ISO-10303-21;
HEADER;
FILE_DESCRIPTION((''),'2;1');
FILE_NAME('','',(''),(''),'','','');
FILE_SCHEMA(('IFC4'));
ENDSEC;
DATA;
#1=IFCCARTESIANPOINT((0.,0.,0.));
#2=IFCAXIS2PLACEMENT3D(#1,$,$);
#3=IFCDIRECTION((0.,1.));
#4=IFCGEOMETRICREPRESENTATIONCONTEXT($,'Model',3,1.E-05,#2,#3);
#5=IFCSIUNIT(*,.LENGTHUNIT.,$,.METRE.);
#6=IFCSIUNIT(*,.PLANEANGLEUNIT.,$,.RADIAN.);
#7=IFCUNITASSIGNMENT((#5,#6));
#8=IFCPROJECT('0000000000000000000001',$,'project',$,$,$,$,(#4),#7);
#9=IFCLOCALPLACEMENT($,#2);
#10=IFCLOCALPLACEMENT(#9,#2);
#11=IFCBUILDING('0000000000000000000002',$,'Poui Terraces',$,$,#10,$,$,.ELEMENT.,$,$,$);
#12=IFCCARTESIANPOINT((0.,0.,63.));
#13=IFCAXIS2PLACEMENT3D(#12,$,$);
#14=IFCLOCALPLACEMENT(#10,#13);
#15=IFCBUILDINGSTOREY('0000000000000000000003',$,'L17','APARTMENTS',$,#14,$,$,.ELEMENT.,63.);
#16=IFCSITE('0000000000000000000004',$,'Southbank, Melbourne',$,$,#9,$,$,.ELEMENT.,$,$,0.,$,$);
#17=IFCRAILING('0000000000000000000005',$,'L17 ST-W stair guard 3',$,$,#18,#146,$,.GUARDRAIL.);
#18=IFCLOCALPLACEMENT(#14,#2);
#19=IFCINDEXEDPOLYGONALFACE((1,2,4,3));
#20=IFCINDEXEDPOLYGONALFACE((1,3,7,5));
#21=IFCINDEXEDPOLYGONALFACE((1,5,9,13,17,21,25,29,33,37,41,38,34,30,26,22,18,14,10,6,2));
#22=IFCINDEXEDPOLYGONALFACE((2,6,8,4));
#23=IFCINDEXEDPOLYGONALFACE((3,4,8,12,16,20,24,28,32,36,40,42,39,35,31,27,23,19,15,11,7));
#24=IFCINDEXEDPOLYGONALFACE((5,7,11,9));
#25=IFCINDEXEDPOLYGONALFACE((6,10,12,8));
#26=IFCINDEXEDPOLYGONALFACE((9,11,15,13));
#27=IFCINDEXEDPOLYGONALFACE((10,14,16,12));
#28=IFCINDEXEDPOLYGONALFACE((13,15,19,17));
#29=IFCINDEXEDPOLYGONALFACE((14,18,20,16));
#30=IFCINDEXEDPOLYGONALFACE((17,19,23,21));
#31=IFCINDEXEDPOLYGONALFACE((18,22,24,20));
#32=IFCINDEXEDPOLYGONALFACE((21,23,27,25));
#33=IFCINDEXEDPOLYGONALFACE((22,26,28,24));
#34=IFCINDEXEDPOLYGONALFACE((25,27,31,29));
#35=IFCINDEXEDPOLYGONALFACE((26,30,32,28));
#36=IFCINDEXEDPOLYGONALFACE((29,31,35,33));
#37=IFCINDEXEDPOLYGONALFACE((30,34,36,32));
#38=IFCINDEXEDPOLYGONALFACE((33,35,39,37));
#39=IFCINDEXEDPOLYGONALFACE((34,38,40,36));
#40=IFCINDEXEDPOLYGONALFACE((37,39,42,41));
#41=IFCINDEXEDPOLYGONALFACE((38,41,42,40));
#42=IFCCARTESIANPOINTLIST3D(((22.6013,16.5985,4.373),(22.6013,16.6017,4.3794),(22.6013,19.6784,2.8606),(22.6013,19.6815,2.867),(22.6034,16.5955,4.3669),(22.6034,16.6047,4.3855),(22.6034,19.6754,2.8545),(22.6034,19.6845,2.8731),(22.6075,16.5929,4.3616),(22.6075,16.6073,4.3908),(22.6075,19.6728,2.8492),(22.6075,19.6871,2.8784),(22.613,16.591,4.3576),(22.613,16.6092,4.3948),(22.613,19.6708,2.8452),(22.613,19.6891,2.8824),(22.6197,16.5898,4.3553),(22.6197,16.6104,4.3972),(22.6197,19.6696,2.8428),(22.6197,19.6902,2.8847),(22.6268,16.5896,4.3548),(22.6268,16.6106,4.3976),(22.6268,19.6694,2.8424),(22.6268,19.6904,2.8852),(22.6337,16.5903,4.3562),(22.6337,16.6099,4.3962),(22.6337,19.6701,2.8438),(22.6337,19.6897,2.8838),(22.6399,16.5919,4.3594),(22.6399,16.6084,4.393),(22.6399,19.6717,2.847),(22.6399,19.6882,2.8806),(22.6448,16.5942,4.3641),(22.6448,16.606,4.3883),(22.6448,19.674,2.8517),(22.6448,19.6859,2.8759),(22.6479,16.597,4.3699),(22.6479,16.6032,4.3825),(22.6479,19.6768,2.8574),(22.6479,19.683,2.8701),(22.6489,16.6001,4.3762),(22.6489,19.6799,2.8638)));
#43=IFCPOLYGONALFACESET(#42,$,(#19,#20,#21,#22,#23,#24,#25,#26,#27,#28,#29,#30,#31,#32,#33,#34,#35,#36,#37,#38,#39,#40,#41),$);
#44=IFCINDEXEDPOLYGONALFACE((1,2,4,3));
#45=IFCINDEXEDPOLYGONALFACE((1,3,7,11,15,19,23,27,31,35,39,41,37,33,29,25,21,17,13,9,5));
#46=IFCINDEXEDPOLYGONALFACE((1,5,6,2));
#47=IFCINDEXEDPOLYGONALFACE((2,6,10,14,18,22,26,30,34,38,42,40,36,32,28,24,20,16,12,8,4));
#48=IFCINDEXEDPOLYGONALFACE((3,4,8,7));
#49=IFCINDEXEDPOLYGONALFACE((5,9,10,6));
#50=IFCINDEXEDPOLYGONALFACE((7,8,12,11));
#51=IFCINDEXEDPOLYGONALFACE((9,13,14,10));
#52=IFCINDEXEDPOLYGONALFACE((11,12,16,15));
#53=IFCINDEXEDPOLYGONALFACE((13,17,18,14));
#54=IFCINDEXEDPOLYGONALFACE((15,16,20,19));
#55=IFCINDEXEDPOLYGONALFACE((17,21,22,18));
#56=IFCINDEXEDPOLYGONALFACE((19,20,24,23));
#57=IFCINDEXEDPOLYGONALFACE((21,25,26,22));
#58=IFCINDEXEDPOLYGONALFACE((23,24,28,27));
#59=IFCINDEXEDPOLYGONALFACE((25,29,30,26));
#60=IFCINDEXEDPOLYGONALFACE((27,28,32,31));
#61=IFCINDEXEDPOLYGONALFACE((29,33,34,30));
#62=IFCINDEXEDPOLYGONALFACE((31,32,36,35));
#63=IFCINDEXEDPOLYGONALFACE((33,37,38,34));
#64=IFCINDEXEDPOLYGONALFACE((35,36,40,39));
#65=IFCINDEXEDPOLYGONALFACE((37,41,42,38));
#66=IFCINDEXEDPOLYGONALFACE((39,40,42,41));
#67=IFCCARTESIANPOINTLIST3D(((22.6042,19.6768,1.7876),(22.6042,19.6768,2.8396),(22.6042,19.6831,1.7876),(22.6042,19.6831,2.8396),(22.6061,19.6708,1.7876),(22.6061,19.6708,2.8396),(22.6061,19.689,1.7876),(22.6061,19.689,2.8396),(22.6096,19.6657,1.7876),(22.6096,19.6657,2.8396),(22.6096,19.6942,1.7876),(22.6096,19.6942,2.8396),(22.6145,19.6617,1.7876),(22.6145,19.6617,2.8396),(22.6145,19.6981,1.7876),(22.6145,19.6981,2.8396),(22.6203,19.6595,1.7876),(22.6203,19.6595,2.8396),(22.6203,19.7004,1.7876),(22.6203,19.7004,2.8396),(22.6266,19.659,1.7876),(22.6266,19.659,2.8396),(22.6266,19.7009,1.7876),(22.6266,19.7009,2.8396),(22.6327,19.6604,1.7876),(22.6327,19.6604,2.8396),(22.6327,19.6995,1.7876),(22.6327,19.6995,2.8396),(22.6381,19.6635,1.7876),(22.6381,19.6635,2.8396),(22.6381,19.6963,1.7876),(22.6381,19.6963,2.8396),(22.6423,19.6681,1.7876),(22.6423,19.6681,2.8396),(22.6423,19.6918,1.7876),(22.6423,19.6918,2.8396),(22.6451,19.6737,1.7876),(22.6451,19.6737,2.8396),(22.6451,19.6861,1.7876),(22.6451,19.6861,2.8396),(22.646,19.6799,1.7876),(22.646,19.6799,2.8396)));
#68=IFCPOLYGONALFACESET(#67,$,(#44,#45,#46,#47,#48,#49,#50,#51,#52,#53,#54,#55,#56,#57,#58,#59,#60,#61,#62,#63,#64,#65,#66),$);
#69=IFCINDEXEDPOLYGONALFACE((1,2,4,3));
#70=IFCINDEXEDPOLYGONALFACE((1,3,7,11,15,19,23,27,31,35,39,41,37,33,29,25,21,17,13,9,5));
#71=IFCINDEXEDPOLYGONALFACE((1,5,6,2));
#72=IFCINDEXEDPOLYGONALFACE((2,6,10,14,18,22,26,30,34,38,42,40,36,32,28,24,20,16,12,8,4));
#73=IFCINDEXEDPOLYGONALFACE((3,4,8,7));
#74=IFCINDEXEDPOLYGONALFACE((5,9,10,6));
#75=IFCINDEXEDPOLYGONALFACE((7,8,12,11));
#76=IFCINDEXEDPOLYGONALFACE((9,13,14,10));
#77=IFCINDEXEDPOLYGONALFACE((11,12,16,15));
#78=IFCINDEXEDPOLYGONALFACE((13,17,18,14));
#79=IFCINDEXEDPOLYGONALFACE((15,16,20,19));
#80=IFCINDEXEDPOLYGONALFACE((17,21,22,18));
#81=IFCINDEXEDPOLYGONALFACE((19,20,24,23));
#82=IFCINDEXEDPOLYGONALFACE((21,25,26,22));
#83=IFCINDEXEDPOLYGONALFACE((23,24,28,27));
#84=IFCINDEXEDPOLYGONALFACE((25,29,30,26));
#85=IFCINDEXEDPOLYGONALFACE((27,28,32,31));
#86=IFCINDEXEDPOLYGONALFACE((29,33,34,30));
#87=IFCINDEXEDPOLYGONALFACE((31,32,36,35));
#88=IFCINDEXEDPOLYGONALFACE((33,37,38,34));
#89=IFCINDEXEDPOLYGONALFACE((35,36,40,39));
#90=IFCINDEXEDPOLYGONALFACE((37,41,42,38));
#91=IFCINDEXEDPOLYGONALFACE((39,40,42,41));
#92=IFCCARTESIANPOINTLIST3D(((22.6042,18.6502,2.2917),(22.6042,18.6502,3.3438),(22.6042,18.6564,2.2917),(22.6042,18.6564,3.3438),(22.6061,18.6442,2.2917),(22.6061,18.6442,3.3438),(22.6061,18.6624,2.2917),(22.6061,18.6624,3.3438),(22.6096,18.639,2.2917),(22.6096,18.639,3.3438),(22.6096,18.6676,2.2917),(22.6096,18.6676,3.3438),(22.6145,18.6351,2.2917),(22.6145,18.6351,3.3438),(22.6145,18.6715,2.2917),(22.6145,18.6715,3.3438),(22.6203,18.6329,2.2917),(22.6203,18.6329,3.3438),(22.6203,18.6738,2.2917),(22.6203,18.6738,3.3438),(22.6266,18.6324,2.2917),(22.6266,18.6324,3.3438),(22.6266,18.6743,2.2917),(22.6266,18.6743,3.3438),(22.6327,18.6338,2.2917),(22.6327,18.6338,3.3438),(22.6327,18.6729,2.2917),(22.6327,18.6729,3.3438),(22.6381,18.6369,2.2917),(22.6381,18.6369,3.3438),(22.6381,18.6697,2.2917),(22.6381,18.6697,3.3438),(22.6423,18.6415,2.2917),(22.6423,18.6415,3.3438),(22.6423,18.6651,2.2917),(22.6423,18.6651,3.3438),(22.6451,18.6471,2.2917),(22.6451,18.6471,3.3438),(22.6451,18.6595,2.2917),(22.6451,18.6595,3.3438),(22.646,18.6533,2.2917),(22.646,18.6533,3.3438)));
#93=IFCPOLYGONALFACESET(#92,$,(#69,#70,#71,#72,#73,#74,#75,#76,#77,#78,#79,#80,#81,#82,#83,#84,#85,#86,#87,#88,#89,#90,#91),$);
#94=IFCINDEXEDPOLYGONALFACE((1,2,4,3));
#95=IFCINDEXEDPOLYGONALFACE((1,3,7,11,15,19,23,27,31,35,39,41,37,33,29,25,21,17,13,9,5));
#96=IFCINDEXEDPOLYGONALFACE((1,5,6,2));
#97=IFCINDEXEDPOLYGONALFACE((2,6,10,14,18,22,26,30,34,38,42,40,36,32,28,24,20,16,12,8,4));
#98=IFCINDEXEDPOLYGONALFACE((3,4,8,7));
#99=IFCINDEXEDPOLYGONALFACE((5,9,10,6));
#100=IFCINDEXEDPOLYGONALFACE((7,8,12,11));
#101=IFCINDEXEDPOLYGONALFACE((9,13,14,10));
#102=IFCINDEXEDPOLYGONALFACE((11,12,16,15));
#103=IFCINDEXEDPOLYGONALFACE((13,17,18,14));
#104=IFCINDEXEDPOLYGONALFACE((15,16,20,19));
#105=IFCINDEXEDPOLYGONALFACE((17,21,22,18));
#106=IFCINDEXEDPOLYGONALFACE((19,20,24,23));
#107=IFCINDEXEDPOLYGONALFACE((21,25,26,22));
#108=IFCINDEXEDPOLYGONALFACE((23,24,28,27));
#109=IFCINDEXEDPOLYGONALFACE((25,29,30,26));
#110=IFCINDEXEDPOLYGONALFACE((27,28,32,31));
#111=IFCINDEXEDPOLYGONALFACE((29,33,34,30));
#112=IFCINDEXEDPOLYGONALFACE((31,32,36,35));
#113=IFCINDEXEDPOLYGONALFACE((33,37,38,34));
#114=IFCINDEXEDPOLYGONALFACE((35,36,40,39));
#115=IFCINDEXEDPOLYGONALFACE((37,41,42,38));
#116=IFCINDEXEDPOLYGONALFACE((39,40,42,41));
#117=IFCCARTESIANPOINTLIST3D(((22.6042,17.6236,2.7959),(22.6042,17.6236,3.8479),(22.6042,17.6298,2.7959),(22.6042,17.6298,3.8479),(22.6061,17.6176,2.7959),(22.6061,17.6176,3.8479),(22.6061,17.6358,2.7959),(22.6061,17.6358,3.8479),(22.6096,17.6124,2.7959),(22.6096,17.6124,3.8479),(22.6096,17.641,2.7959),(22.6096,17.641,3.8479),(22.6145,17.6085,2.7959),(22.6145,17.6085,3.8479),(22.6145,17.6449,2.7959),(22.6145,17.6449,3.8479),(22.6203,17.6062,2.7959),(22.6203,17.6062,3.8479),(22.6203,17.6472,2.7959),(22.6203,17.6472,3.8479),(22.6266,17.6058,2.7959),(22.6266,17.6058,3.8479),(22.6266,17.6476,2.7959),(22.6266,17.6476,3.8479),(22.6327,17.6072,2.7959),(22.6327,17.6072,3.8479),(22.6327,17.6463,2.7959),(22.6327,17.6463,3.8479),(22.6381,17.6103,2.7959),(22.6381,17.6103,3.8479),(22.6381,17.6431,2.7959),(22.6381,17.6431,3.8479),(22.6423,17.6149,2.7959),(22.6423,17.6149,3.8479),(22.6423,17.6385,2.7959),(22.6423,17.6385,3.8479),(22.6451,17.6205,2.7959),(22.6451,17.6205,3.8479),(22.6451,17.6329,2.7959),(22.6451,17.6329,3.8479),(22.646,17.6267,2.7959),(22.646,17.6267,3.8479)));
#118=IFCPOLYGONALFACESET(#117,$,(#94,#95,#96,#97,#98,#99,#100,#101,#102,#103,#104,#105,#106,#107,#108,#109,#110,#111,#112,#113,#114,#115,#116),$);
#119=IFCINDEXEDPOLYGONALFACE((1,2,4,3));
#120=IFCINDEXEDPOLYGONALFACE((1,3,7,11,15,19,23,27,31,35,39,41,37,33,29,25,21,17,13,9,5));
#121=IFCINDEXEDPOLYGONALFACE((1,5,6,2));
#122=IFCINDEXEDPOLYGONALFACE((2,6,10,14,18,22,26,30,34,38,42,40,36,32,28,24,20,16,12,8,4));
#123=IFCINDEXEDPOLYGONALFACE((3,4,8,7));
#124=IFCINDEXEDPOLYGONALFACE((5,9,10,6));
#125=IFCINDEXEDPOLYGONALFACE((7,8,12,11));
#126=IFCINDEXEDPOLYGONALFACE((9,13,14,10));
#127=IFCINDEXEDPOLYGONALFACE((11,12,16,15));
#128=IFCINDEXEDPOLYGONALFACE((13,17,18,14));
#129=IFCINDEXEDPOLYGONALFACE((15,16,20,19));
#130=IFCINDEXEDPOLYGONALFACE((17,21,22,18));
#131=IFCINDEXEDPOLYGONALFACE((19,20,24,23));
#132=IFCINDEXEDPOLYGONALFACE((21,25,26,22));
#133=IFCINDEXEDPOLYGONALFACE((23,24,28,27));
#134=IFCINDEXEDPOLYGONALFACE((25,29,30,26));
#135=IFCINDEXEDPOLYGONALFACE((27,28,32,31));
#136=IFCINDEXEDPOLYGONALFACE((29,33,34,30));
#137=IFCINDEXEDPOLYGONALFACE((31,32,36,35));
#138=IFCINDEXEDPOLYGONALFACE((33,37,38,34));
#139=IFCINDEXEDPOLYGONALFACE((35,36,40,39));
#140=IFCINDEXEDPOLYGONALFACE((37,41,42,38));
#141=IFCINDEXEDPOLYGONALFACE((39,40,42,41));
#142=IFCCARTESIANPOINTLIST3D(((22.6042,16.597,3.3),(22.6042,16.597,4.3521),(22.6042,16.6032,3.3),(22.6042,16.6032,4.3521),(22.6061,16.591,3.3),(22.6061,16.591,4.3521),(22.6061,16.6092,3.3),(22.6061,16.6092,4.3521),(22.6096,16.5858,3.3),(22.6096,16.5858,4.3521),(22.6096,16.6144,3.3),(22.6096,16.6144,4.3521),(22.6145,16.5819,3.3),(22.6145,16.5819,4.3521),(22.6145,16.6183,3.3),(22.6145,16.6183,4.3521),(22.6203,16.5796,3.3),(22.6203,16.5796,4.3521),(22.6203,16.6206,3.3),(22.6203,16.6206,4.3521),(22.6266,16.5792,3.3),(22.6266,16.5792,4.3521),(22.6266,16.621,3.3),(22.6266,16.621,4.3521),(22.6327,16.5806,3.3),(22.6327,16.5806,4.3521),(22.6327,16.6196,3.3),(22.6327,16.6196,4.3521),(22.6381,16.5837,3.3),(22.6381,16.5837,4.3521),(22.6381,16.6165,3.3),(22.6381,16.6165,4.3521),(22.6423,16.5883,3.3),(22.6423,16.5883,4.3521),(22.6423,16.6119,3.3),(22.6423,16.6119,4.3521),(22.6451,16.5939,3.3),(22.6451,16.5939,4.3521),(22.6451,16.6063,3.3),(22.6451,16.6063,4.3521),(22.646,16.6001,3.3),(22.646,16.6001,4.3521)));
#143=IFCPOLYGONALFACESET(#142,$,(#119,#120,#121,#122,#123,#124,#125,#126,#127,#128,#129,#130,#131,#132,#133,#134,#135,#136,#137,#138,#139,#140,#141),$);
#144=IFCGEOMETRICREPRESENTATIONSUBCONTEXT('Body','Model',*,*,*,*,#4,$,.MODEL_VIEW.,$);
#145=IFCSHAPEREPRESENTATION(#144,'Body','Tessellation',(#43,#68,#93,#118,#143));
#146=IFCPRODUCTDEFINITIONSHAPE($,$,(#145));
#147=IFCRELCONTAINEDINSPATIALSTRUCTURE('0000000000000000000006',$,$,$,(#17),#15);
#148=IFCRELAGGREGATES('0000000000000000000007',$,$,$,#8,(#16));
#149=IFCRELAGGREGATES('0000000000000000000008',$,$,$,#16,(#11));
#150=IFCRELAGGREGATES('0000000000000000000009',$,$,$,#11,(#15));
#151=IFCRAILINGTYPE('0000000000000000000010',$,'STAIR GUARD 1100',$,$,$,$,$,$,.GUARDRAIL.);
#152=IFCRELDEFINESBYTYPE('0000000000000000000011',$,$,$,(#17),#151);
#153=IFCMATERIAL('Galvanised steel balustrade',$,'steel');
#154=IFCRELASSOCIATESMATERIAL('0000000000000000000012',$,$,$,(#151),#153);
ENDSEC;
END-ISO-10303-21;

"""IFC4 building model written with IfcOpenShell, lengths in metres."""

from ifc_helpers import new_model, si_unit, direction, frame, origin, origin_2d, place, context, subcontext, project, spatial, circle, extrude, material, type_object, element, save


model = new_model("IFC4")

# Units and contexts
model_context = context("Model", 3, precision=1e-05, world=origin(), true_north=direction((0.0, 1.0)))
body_context = subcontext(model_context, "Body", "Model", "MODEL_VIEW")
ifc_project = project(units=[si_unit("LENGTHUNIT", "METRE"), si_unit("PLANEANGLEUNIT", "RADIAN")], contexts=[model_context])

# Site, building, storey
site_placement = place(None, origin())
site = spatial("IfcSite", under=ifc_project, at=site_placement, Name="Southbank, Melbourne", CompositionType="ELEMENT", RefElevation=0.0)
building_placement = place(site_placement, origin())
building = spatial("IfcBuilding", under=site, at=building_placement, Name="Poui Terraces", CompositionType="ELEMENT")
storey_placement = place(building_placement, frame((0.0, 0.0, 63.0)))
storey = spatial("IfcBuildingStorey", under=building, at=storey_placement, Name="L17", Description="APARTMENTS", CompositionType="ELEMENT", Elevation=63.0)

# Railing
ifc_material_1 = material(Name="Galvanised steel balustrade", Category="steel")
railing_type_1 = type_object("IfcRailingType", Name="STAIR GUARD 1100", PredefinedType="GUARDRAIL", material=ifc_material_1)
railing_1_placement = place(storey_placement, frame((22.625, 19.6799, 1.7876)))
element("IfcRailing", 1, at=railing_1_placement, inside=storey, type_object=railing_type_1, Name="L17 ST-W stair guard 3", PredefinedType="GUARDRAIL", context=body_context, shape_type="SweptSolid", body=[
    extrude(circle(Radius=0.0239, at=origin_2d()), frame((0.0, 0.0, 1.0762), z_axis=(0.0, -0.897606, 0.440798), x_axis=(1.0, 0.0, 0.0)), (0.0, 0.0, 1.0), 3.4312),
    extrude(circle(Radius=0.021, at=origin_2d()), origin(), (0.0, 0.0, 1.0), 1.052),
    extrude(circle(Radius=0.021, at=origin_2d()), frame((0.0, -1.0266, 0.5042)), (0.0, 0.0, 1.0), 1.052),
    extrude(circle(Radius=0.021, at=origin_2d()), frame((0.0, -2.0532, 1.0083)), (0.0, 0.0, 1.0), 1.052),
    extrude(circle(Radius=0.021, at=origin_2d()), frame((0.0, -3.0798, 1.5125)), (0.0, 0.0, 1.0), 1.052),
])

save(model, "model.ifc")
